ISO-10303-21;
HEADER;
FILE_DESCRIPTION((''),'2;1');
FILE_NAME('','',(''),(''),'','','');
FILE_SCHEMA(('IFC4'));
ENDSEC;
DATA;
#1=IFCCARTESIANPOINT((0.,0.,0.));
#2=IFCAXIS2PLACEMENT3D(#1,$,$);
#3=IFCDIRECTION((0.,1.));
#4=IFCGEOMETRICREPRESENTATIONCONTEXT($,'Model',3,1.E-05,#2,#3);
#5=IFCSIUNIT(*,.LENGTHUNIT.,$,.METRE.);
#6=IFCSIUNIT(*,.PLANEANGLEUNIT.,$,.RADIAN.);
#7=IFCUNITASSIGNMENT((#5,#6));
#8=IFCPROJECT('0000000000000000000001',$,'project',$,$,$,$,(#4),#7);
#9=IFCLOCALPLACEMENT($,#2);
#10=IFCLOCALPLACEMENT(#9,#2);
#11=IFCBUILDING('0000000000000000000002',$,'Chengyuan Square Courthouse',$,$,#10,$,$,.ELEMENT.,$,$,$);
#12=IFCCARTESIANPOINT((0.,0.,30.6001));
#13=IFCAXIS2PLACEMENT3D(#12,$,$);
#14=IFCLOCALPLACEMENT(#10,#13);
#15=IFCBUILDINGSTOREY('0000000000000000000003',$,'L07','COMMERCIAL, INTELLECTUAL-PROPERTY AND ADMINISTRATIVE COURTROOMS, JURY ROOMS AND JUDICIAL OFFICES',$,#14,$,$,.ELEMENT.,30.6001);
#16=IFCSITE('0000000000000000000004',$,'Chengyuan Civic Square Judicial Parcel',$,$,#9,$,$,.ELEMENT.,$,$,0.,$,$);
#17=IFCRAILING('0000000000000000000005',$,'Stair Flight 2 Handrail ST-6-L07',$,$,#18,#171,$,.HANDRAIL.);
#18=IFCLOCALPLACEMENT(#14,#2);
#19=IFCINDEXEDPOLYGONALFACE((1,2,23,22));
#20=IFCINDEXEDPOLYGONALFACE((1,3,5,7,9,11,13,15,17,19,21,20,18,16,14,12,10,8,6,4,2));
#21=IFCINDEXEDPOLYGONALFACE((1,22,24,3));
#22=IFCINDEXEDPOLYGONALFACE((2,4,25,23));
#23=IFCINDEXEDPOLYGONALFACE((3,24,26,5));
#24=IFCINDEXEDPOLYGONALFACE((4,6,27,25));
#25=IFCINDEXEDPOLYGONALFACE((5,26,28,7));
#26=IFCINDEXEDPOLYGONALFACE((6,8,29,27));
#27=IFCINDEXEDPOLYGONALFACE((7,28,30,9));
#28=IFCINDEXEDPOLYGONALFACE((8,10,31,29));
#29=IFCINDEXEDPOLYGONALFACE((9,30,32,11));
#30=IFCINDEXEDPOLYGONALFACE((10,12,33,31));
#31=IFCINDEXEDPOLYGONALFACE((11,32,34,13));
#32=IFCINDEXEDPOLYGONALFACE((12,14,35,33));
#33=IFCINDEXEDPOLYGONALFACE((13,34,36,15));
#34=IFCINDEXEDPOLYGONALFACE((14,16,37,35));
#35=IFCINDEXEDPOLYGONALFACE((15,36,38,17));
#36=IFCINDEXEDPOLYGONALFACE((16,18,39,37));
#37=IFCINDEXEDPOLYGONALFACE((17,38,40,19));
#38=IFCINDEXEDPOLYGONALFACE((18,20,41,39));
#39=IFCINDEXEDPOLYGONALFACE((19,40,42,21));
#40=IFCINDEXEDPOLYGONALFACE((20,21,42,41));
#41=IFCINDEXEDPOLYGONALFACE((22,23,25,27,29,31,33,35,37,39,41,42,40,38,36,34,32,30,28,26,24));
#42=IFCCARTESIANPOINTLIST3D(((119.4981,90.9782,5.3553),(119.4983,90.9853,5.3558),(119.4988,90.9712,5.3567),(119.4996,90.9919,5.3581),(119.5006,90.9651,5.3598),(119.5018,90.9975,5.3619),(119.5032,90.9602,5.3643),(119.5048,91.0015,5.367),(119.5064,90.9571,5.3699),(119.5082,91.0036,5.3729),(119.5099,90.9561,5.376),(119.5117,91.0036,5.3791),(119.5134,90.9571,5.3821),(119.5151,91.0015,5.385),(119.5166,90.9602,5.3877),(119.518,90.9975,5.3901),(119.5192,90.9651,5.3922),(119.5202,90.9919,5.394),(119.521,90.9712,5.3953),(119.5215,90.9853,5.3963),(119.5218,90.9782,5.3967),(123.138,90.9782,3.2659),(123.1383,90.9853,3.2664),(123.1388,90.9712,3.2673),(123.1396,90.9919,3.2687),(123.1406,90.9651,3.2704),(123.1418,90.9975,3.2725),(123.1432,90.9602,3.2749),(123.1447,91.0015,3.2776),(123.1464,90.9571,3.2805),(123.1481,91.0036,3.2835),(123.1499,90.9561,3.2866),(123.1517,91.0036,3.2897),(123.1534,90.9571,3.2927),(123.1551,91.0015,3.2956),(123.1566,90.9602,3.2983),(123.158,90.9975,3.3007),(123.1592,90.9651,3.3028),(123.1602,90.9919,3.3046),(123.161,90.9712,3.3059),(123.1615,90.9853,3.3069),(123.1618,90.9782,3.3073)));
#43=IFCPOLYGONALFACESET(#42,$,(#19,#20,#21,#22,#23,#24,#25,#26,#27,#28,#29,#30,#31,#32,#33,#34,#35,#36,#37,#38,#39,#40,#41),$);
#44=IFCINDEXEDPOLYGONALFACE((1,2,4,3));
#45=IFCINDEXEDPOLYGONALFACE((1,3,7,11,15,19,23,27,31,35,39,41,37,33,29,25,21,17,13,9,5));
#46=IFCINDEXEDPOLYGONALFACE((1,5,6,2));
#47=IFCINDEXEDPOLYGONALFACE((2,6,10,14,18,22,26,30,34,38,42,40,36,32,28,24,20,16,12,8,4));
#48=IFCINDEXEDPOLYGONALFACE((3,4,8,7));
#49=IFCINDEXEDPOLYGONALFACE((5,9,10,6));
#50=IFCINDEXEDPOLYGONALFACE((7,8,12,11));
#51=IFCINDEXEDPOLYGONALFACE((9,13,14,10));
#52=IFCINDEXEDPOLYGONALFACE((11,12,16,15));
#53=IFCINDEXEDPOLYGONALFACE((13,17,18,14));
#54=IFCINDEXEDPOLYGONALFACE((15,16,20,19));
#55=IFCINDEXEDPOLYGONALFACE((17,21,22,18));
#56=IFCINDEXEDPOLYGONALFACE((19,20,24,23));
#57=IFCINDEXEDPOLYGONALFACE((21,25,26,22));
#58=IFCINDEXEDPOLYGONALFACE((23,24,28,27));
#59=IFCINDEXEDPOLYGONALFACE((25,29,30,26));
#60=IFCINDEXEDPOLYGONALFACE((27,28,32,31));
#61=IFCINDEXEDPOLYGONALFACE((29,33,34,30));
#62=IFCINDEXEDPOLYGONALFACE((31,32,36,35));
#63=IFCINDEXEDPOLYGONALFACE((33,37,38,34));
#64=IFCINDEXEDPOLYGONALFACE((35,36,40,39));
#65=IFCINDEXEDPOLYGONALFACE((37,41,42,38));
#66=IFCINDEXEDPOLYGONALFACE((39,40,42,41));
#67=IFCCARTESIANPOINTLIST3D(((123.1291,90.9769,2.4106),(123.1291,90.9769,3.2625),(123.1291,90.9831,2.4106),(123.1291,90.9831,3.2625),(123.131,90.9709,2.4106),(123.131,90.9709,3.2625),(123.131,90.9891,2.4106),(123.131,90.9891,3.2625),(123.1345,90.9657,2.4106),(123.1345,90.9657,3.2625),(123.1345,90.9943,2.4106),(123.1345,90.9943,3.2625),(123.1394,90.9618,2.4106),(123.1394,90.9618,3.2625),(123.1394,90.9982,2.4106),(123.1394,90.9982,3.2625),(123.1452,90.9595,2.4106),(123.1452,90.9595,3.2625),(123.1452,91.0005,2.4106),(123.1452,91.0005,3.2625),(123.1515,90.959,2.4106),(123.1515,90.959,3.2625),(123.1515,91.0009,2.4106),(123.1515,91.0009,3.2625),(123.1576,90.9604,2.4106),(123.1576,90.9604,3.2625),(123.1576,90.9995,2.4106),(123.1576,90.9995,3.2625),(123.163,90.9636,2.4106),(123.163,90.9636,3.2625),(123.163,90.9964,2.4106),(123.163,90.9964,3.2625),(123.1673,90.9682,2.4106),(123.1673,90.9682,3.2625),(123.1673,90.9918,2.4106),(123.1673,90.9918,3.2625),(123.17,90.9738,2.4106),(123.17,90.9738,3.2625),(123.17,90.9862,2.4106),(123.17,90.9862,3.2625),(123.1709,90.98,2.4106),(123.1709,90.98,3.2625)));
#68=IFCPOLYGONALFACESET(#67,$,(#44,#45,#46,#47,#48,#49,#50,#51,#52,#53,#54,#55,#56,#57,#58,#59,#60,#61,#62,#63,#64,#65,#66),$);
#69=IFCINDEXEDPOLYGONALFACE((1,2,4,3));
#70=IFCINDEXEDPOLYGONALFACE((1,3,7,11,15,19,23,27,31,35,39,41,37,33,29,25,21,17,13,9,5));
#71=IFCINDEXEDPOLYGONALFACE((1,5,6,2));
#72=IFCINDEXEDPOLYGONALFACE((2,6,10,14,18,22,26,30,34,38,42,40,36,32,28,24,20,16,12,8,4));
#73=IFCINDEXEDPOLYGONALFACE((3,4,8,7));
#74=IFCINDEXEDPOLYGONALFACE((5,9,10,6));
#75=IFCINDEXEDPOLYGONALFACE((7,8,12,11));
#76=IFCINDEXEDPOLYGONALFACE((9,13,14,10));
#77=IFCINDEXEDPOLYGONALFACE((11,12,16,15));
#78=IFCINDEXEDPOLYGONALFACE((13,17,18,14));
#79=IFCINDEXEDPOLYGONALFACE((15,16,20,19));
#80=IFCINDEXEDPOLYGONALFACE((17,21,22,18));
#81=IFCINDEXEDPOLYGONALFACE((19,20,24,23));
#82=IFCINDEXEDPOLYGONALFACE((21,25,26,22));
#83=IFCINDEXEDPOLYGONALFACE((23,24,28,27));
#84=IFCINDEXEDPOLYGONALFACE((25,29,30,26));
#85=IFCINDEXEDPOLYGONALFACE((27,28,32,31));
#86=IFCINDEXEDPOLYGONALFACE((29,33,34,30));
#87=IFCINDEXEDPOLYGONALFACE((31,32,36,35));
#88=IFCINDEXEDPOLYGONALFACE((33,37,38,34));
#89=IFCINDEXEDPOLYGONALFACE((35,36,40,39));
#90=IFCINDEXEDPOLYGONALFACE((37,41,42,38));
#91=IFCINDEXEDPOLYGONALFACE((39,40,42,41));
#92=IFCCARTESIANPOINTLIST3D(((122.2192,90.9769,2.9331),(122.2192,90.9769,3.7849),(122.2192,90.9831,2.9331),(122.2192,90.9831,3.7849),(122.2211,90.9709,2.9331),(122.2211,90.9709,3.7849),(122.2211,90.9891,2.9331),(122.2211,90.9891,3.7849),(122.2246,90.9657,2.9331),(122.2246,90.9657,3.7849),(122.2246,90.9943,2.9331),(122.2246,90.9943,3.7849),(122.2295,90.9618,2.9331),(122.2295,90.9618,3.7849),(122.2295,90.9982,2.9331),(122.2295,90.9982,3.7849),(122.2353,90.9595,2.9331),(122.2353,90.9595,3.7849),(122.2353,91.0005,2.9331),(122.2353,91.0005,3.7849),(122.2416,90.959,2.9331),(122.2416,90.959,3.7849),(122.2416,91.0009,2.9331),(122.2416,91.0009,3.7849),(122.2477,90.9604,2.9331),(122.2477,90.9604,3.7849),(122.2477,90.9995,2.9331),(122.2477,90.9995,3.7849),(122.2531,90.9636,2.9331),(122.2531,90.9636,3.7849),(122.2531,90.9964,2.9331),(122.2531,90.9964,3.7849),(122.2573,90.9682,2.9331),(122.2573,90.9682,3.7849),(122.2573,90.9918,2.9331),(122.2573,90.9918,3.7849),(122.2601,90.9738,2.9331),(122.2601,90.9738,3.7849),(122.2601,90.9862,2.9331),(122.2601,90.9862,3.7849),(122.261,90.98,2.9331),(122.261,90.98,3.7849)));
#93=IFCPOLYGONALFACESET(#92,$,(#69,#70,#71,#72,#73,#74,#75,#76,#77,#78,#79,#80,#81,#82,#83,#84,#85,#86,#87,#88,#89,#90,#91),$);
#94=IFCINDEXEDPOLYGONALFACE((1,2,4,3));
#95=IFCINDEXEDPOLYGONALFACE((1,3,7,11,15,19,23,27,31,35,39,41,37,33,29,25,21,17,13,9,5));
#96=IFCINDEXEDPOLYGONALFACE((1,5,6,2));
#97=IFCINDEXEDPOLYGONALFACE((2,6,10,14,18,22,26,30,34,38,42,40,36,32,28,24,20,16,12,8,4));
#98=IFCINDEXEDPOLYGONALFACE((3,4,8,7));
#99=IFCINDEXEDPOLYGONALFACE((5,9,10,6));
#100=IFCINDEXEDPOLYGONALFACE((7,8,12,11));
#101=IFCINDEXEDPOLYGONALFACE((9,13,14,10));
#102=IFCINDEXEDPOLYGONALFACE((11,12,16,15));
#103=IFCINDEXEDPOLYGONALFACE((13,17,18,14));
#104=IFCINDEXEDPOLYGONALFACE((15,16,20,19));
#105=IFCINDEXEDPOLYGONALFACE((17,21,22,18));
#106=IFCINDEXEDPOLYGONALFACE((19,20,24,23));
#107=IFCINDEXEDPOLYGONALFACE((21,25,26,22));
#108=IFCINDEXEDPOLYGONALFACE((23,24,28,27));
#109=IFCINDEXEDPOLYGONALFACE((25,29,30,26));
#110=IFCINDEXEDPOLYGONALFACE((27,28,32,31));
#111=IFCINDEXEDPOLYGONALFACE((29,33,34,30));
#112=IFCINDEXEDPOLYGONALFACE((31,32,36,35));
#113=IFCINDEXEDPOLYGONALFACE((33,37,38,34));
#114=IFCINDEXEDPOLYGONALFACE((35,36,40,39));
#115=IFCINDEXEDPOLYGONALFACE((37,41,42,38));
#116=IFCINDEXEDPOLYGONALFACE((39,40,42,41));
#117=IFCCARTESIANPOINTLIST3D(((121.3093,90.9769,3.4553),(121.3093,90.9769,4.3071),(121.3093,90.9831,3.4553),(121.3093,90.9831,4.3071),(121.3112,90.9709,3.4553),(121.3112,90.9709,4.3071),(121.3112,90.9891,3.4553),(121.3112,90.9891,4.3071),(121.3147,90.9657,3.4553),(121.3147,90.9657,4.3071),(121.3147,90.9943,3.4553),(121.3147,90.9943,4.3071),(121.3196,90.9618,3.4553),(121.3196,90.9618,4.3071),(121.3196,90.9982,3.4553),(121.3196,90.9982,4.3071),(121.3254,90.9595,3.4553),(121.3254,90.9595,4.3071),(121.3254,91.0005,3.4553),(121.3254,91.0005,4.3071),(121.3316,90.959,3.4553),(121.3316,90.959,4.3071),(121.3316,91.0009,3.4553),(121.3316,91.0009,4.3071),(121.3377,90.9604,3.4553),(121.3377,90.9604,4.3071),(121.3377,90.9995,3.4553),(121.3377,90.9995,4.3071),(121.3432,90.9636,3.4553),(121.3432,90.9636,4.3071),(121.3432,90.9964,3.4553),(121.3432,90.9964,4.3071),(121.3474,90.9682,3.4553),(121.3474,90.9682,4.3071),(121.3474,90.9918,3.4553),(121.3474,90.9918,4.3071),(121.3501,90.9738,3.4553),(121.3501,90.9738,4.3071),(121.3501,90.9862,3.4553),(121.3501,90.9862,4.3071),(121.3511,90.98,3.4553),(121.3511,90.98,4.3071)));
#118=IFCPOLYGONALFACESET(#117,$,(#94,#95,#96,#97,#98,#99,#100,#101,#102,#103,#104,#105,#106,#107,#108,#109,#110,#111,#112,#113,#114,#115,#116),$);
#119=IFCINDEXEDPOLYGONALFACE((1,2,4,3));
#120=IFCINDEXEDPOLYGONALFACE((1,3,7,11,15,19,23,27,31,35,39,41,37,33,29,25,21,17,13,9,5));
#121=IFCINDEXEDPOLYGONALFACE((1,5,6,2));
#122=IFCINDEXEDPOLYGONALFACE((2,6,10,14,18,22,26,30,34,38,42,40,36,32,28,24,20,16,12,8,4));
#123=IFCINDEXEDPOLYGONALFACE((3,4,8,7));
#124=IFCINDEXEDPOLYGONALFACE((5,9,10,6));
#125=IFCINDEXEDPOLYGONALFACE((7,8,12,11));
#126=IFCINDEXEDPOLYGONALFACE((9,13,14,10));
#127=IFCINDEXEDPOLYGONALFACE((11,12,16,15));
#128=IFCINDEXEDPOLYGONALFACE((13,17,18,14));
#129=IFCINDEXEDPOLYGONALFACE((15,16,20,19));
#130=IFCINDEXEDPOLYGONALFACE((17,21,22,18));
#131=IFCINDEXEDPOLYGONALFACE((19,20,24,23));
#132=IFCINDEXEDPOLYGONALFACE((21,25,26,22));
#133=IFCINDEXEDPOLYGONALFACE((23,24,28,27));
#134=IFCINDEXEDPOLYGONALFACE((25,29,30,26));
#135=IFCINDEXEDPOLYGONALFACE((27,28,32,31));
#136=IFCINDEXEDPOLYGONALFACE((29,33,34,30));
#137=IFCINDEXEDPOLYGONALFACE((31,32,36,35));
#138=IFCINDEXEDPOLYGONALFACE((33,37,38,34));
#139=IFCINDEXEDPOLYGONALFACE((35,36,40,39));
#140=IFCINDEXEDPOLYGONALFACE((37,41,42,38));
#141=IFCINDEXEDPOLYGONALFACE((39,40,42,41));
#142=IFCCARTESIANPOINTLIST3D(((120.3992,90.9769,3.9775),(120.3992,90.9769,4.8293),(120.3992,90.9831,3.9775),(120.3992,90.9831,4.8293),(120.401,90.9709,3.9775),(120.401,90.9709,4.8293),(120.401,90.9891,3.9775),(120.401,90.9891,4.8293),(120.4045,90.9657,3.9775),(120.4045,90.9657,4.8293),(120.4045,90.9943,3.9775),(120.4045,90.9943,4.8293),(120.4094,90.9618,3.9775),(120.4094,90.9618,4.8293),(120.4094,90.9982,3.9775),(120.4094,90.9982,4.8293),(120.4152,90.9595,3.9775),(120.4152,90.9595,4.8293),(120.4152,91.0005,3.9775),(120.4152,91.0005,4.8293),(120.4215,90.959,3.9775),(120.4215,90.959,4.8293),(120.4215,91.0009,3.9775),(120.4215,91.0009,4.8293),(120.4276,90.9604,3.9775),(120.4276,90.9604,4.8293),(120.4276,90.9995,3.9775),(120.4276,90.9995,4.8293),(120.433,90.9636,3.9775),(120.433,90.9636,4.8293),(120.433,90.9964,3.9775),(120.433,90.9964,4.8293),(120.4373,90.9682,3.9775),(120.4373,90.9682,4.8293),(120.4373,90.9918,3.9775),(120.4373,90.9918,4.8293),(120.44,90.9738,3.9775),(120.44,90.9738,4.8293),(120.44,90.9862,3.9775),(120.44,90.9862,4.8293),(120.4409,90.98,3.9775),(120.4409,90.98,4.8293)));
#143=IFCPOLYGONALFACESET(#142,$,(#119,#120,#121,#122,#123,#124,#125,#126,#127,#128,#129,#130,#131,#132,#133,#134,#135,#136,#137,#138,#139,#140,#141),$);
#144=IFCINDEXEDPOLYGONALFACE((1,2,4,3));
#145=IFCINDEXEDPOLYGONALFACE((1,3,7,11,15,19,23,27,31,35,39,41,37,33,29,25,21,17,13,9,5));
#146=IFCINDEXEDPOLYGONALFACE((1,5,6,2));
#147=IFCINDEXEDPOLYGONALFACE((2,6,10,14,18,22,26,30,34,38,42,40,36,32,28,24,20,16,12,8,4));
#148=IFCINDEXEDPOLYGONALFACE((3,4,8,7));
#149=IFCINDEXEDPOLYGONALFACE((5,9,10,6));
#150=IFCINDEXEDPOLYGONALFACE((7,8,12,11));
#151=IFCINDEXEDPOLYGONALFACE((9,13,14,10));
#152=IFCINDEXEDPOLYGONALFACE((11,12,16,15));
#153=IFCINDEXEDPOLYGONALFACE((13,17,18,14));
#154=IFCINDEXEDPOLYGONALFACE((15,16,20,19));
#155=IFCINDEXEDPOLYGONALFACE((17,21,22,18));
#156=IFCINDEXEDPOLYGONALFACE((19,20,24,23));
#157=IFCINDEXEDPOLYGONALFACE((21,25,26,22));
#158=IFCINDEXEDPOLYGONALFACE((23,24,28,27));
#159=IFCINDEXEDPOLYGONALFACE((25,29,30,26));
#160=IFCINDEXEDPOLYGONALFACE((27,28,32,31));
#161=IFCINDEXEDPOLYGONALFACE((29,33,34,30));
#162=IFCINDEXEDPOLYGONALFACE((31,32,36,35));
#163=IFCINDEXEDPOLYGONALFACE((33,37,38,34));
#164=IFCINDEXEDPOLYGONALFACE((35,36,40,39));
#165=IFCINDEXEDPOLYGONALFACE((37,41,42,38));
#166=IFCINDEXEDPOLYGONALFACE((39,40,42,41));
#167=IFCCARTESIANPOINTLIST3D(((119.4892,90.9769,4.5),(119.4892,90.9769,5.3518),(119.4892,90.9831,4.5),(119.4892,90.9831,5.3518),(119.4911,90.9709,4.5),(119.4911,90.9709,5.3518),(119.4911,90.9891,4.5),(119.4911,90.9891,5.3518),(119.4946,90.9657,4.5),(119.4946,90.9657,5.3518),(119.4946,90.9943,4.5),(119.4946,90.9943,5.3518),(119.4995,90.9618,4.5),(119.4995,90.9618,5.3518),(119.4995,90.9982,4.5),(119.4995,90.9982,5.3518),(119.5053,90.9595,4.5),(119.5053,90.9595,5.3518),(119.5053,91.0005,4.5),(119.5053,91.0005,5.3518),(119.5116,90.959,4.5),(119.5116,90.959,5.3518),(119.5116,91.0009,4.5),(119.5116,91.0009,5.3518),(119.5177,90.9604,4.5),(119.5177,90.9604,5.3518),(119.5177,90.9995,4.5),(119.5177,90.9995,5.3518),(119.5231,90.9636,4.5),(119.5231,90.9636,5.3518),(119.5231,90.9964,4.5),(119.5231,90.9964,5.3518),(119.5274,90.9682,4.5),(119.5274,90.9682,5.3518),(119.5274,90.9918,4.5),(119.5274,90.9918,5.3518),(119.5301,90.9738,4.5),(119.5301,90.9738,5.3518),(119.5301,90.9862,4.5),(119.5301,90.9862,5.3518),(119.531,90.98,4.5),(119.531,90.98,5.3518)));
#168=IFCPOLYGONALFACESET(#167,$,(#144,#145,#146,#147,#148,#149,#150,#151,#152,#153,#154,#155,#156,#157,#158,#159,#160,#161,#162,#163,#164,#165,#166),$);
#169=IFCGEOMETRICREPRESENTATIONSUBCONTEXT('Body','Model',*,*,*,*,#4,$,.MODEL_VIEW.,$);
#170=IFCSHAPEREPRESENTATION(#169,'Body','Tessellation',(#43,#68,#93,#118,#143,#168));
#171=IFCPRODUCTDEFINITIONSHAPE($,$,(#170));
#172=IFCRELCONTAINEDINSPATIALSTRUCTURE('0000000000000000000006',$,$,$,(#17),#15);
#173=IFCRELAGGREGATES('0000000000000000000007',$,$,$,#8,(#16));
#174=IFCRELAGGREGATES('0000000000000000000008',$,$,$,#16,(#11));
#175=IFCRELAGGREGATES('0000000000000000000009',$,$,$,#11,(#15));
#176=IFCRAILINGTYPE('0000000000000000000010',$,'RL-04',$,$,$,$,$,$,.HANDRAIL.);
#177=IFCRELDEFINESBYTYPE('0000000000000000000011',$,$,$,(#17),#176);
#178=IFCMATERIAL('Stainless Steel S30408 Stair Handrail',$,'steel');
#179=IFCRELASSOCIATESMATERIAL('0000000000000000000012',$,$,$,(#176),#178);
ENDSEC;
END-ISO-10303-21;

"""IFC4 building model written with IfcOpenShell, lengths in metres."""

from ifc_helpers import new_model, si_unit, direction, frame, origin, origin_2d, place, context, subcontext, project, spatial, circle, extrude, material, type_object, element, save


model = new_model("IFC4")

# Units and contexts
model_context = context("Model", 3, precision=1e-05, world=origin(), true_north=direction((0.0, 1.0)))
body_context = subcontext(model_context, "Body", "Model", "MODEL_VIEW")
ifc_project = project(units=[si_unit("LENGTHUNIT", "METRE"), si_unit("PLANEANGLEUNIT", "RADIAN")], contexts=[model_context])

# Site, building, storey
site_placement = place(None, origin())
site = spatial("IfcSite", under=ifc_project, at=site_placement, Name="Chengyuan Civic Square Judicial Parcel", CompositionType="ELEMENT", RefElevation=0.0)
building_placement = place(site_placement, origin())
building = spatial("IfcBuilding", under=site, at=building_placement, Name="Chengyuan Square Courthouse", CompositionType="ELEMENT")
storey_placement = place(building_placement, frame((0.0, 0.0, 30.6001)))
storey = spatial("IfcBuildingStorey", under=building, at=storey_placement, Name="L07", Description="COMMERCIAL, INTELLECTUAL-PROPERTY AND ADMINISTRATIVE COURTROOMS, JURY ROOMS AND JUDICIAL OFFICES", CompositionType="ELEMENT", Elevation=30.6001)

# Railing
ifc_material_1 = material(Name="Stainless Steel S30408 Stair Handrail", Category="steel")
railing_type_1 = type_object("IfcRailingType", Name="RL-04", PredefinedType="HANDRAIL", material=ifc_material_1)
railing_1_placement = place(storey_placement, frame((123.1499, 90.98, 2.4106)))
element("IfcRailing", 1, at=railing_1_placement, inside=storey, type_object=railing_type_1, Name="Stair Flight 2 Handrail ST-6-L07", PredefinedType="HANDRAIL", context=body_context, shape_type="SweptSolid", body=[
    extrude(circle(Radius=0.0239, at=origin_2d()), frame((0.0, 0.0, 0.876), z_axis=(-0.867275, 0.0, 0.497829), x_axis=(0.0, -1.0, 0.0)), (0.0, 0.0, 1.0), 4.197),
    extrude(circle(Radius=0.021, at=origin_2d()), origin(), (0.0, 0.0, 1.0), 0.8518),
    extrude(circle(Radius=0.021, at=origin_2d()), frame((-0.9099, 0.0, 0.5225)), (0.0, 0.0, 1.0), 0.8518),
    extrude(circle(Radius=0.021, at=origin_2d()), frame((-1.8198, 0.0, 1.0447)), (0.0, 0.0, 1.0), 0.8518),
    extrude(circle(Radius=0.021, at=origin_2d()), frame((-2.73, 0.0, 1.5669)), (0.0, 0.0, 1.0), 0.8518),
    extrude(circle(Radius=0.021, at=origin_2d()), frame((-3.6399, 0.0, 2.0894)), (0.0, 0.0, 1.0), 0.8518),
])

save(model, "model.ifc")
